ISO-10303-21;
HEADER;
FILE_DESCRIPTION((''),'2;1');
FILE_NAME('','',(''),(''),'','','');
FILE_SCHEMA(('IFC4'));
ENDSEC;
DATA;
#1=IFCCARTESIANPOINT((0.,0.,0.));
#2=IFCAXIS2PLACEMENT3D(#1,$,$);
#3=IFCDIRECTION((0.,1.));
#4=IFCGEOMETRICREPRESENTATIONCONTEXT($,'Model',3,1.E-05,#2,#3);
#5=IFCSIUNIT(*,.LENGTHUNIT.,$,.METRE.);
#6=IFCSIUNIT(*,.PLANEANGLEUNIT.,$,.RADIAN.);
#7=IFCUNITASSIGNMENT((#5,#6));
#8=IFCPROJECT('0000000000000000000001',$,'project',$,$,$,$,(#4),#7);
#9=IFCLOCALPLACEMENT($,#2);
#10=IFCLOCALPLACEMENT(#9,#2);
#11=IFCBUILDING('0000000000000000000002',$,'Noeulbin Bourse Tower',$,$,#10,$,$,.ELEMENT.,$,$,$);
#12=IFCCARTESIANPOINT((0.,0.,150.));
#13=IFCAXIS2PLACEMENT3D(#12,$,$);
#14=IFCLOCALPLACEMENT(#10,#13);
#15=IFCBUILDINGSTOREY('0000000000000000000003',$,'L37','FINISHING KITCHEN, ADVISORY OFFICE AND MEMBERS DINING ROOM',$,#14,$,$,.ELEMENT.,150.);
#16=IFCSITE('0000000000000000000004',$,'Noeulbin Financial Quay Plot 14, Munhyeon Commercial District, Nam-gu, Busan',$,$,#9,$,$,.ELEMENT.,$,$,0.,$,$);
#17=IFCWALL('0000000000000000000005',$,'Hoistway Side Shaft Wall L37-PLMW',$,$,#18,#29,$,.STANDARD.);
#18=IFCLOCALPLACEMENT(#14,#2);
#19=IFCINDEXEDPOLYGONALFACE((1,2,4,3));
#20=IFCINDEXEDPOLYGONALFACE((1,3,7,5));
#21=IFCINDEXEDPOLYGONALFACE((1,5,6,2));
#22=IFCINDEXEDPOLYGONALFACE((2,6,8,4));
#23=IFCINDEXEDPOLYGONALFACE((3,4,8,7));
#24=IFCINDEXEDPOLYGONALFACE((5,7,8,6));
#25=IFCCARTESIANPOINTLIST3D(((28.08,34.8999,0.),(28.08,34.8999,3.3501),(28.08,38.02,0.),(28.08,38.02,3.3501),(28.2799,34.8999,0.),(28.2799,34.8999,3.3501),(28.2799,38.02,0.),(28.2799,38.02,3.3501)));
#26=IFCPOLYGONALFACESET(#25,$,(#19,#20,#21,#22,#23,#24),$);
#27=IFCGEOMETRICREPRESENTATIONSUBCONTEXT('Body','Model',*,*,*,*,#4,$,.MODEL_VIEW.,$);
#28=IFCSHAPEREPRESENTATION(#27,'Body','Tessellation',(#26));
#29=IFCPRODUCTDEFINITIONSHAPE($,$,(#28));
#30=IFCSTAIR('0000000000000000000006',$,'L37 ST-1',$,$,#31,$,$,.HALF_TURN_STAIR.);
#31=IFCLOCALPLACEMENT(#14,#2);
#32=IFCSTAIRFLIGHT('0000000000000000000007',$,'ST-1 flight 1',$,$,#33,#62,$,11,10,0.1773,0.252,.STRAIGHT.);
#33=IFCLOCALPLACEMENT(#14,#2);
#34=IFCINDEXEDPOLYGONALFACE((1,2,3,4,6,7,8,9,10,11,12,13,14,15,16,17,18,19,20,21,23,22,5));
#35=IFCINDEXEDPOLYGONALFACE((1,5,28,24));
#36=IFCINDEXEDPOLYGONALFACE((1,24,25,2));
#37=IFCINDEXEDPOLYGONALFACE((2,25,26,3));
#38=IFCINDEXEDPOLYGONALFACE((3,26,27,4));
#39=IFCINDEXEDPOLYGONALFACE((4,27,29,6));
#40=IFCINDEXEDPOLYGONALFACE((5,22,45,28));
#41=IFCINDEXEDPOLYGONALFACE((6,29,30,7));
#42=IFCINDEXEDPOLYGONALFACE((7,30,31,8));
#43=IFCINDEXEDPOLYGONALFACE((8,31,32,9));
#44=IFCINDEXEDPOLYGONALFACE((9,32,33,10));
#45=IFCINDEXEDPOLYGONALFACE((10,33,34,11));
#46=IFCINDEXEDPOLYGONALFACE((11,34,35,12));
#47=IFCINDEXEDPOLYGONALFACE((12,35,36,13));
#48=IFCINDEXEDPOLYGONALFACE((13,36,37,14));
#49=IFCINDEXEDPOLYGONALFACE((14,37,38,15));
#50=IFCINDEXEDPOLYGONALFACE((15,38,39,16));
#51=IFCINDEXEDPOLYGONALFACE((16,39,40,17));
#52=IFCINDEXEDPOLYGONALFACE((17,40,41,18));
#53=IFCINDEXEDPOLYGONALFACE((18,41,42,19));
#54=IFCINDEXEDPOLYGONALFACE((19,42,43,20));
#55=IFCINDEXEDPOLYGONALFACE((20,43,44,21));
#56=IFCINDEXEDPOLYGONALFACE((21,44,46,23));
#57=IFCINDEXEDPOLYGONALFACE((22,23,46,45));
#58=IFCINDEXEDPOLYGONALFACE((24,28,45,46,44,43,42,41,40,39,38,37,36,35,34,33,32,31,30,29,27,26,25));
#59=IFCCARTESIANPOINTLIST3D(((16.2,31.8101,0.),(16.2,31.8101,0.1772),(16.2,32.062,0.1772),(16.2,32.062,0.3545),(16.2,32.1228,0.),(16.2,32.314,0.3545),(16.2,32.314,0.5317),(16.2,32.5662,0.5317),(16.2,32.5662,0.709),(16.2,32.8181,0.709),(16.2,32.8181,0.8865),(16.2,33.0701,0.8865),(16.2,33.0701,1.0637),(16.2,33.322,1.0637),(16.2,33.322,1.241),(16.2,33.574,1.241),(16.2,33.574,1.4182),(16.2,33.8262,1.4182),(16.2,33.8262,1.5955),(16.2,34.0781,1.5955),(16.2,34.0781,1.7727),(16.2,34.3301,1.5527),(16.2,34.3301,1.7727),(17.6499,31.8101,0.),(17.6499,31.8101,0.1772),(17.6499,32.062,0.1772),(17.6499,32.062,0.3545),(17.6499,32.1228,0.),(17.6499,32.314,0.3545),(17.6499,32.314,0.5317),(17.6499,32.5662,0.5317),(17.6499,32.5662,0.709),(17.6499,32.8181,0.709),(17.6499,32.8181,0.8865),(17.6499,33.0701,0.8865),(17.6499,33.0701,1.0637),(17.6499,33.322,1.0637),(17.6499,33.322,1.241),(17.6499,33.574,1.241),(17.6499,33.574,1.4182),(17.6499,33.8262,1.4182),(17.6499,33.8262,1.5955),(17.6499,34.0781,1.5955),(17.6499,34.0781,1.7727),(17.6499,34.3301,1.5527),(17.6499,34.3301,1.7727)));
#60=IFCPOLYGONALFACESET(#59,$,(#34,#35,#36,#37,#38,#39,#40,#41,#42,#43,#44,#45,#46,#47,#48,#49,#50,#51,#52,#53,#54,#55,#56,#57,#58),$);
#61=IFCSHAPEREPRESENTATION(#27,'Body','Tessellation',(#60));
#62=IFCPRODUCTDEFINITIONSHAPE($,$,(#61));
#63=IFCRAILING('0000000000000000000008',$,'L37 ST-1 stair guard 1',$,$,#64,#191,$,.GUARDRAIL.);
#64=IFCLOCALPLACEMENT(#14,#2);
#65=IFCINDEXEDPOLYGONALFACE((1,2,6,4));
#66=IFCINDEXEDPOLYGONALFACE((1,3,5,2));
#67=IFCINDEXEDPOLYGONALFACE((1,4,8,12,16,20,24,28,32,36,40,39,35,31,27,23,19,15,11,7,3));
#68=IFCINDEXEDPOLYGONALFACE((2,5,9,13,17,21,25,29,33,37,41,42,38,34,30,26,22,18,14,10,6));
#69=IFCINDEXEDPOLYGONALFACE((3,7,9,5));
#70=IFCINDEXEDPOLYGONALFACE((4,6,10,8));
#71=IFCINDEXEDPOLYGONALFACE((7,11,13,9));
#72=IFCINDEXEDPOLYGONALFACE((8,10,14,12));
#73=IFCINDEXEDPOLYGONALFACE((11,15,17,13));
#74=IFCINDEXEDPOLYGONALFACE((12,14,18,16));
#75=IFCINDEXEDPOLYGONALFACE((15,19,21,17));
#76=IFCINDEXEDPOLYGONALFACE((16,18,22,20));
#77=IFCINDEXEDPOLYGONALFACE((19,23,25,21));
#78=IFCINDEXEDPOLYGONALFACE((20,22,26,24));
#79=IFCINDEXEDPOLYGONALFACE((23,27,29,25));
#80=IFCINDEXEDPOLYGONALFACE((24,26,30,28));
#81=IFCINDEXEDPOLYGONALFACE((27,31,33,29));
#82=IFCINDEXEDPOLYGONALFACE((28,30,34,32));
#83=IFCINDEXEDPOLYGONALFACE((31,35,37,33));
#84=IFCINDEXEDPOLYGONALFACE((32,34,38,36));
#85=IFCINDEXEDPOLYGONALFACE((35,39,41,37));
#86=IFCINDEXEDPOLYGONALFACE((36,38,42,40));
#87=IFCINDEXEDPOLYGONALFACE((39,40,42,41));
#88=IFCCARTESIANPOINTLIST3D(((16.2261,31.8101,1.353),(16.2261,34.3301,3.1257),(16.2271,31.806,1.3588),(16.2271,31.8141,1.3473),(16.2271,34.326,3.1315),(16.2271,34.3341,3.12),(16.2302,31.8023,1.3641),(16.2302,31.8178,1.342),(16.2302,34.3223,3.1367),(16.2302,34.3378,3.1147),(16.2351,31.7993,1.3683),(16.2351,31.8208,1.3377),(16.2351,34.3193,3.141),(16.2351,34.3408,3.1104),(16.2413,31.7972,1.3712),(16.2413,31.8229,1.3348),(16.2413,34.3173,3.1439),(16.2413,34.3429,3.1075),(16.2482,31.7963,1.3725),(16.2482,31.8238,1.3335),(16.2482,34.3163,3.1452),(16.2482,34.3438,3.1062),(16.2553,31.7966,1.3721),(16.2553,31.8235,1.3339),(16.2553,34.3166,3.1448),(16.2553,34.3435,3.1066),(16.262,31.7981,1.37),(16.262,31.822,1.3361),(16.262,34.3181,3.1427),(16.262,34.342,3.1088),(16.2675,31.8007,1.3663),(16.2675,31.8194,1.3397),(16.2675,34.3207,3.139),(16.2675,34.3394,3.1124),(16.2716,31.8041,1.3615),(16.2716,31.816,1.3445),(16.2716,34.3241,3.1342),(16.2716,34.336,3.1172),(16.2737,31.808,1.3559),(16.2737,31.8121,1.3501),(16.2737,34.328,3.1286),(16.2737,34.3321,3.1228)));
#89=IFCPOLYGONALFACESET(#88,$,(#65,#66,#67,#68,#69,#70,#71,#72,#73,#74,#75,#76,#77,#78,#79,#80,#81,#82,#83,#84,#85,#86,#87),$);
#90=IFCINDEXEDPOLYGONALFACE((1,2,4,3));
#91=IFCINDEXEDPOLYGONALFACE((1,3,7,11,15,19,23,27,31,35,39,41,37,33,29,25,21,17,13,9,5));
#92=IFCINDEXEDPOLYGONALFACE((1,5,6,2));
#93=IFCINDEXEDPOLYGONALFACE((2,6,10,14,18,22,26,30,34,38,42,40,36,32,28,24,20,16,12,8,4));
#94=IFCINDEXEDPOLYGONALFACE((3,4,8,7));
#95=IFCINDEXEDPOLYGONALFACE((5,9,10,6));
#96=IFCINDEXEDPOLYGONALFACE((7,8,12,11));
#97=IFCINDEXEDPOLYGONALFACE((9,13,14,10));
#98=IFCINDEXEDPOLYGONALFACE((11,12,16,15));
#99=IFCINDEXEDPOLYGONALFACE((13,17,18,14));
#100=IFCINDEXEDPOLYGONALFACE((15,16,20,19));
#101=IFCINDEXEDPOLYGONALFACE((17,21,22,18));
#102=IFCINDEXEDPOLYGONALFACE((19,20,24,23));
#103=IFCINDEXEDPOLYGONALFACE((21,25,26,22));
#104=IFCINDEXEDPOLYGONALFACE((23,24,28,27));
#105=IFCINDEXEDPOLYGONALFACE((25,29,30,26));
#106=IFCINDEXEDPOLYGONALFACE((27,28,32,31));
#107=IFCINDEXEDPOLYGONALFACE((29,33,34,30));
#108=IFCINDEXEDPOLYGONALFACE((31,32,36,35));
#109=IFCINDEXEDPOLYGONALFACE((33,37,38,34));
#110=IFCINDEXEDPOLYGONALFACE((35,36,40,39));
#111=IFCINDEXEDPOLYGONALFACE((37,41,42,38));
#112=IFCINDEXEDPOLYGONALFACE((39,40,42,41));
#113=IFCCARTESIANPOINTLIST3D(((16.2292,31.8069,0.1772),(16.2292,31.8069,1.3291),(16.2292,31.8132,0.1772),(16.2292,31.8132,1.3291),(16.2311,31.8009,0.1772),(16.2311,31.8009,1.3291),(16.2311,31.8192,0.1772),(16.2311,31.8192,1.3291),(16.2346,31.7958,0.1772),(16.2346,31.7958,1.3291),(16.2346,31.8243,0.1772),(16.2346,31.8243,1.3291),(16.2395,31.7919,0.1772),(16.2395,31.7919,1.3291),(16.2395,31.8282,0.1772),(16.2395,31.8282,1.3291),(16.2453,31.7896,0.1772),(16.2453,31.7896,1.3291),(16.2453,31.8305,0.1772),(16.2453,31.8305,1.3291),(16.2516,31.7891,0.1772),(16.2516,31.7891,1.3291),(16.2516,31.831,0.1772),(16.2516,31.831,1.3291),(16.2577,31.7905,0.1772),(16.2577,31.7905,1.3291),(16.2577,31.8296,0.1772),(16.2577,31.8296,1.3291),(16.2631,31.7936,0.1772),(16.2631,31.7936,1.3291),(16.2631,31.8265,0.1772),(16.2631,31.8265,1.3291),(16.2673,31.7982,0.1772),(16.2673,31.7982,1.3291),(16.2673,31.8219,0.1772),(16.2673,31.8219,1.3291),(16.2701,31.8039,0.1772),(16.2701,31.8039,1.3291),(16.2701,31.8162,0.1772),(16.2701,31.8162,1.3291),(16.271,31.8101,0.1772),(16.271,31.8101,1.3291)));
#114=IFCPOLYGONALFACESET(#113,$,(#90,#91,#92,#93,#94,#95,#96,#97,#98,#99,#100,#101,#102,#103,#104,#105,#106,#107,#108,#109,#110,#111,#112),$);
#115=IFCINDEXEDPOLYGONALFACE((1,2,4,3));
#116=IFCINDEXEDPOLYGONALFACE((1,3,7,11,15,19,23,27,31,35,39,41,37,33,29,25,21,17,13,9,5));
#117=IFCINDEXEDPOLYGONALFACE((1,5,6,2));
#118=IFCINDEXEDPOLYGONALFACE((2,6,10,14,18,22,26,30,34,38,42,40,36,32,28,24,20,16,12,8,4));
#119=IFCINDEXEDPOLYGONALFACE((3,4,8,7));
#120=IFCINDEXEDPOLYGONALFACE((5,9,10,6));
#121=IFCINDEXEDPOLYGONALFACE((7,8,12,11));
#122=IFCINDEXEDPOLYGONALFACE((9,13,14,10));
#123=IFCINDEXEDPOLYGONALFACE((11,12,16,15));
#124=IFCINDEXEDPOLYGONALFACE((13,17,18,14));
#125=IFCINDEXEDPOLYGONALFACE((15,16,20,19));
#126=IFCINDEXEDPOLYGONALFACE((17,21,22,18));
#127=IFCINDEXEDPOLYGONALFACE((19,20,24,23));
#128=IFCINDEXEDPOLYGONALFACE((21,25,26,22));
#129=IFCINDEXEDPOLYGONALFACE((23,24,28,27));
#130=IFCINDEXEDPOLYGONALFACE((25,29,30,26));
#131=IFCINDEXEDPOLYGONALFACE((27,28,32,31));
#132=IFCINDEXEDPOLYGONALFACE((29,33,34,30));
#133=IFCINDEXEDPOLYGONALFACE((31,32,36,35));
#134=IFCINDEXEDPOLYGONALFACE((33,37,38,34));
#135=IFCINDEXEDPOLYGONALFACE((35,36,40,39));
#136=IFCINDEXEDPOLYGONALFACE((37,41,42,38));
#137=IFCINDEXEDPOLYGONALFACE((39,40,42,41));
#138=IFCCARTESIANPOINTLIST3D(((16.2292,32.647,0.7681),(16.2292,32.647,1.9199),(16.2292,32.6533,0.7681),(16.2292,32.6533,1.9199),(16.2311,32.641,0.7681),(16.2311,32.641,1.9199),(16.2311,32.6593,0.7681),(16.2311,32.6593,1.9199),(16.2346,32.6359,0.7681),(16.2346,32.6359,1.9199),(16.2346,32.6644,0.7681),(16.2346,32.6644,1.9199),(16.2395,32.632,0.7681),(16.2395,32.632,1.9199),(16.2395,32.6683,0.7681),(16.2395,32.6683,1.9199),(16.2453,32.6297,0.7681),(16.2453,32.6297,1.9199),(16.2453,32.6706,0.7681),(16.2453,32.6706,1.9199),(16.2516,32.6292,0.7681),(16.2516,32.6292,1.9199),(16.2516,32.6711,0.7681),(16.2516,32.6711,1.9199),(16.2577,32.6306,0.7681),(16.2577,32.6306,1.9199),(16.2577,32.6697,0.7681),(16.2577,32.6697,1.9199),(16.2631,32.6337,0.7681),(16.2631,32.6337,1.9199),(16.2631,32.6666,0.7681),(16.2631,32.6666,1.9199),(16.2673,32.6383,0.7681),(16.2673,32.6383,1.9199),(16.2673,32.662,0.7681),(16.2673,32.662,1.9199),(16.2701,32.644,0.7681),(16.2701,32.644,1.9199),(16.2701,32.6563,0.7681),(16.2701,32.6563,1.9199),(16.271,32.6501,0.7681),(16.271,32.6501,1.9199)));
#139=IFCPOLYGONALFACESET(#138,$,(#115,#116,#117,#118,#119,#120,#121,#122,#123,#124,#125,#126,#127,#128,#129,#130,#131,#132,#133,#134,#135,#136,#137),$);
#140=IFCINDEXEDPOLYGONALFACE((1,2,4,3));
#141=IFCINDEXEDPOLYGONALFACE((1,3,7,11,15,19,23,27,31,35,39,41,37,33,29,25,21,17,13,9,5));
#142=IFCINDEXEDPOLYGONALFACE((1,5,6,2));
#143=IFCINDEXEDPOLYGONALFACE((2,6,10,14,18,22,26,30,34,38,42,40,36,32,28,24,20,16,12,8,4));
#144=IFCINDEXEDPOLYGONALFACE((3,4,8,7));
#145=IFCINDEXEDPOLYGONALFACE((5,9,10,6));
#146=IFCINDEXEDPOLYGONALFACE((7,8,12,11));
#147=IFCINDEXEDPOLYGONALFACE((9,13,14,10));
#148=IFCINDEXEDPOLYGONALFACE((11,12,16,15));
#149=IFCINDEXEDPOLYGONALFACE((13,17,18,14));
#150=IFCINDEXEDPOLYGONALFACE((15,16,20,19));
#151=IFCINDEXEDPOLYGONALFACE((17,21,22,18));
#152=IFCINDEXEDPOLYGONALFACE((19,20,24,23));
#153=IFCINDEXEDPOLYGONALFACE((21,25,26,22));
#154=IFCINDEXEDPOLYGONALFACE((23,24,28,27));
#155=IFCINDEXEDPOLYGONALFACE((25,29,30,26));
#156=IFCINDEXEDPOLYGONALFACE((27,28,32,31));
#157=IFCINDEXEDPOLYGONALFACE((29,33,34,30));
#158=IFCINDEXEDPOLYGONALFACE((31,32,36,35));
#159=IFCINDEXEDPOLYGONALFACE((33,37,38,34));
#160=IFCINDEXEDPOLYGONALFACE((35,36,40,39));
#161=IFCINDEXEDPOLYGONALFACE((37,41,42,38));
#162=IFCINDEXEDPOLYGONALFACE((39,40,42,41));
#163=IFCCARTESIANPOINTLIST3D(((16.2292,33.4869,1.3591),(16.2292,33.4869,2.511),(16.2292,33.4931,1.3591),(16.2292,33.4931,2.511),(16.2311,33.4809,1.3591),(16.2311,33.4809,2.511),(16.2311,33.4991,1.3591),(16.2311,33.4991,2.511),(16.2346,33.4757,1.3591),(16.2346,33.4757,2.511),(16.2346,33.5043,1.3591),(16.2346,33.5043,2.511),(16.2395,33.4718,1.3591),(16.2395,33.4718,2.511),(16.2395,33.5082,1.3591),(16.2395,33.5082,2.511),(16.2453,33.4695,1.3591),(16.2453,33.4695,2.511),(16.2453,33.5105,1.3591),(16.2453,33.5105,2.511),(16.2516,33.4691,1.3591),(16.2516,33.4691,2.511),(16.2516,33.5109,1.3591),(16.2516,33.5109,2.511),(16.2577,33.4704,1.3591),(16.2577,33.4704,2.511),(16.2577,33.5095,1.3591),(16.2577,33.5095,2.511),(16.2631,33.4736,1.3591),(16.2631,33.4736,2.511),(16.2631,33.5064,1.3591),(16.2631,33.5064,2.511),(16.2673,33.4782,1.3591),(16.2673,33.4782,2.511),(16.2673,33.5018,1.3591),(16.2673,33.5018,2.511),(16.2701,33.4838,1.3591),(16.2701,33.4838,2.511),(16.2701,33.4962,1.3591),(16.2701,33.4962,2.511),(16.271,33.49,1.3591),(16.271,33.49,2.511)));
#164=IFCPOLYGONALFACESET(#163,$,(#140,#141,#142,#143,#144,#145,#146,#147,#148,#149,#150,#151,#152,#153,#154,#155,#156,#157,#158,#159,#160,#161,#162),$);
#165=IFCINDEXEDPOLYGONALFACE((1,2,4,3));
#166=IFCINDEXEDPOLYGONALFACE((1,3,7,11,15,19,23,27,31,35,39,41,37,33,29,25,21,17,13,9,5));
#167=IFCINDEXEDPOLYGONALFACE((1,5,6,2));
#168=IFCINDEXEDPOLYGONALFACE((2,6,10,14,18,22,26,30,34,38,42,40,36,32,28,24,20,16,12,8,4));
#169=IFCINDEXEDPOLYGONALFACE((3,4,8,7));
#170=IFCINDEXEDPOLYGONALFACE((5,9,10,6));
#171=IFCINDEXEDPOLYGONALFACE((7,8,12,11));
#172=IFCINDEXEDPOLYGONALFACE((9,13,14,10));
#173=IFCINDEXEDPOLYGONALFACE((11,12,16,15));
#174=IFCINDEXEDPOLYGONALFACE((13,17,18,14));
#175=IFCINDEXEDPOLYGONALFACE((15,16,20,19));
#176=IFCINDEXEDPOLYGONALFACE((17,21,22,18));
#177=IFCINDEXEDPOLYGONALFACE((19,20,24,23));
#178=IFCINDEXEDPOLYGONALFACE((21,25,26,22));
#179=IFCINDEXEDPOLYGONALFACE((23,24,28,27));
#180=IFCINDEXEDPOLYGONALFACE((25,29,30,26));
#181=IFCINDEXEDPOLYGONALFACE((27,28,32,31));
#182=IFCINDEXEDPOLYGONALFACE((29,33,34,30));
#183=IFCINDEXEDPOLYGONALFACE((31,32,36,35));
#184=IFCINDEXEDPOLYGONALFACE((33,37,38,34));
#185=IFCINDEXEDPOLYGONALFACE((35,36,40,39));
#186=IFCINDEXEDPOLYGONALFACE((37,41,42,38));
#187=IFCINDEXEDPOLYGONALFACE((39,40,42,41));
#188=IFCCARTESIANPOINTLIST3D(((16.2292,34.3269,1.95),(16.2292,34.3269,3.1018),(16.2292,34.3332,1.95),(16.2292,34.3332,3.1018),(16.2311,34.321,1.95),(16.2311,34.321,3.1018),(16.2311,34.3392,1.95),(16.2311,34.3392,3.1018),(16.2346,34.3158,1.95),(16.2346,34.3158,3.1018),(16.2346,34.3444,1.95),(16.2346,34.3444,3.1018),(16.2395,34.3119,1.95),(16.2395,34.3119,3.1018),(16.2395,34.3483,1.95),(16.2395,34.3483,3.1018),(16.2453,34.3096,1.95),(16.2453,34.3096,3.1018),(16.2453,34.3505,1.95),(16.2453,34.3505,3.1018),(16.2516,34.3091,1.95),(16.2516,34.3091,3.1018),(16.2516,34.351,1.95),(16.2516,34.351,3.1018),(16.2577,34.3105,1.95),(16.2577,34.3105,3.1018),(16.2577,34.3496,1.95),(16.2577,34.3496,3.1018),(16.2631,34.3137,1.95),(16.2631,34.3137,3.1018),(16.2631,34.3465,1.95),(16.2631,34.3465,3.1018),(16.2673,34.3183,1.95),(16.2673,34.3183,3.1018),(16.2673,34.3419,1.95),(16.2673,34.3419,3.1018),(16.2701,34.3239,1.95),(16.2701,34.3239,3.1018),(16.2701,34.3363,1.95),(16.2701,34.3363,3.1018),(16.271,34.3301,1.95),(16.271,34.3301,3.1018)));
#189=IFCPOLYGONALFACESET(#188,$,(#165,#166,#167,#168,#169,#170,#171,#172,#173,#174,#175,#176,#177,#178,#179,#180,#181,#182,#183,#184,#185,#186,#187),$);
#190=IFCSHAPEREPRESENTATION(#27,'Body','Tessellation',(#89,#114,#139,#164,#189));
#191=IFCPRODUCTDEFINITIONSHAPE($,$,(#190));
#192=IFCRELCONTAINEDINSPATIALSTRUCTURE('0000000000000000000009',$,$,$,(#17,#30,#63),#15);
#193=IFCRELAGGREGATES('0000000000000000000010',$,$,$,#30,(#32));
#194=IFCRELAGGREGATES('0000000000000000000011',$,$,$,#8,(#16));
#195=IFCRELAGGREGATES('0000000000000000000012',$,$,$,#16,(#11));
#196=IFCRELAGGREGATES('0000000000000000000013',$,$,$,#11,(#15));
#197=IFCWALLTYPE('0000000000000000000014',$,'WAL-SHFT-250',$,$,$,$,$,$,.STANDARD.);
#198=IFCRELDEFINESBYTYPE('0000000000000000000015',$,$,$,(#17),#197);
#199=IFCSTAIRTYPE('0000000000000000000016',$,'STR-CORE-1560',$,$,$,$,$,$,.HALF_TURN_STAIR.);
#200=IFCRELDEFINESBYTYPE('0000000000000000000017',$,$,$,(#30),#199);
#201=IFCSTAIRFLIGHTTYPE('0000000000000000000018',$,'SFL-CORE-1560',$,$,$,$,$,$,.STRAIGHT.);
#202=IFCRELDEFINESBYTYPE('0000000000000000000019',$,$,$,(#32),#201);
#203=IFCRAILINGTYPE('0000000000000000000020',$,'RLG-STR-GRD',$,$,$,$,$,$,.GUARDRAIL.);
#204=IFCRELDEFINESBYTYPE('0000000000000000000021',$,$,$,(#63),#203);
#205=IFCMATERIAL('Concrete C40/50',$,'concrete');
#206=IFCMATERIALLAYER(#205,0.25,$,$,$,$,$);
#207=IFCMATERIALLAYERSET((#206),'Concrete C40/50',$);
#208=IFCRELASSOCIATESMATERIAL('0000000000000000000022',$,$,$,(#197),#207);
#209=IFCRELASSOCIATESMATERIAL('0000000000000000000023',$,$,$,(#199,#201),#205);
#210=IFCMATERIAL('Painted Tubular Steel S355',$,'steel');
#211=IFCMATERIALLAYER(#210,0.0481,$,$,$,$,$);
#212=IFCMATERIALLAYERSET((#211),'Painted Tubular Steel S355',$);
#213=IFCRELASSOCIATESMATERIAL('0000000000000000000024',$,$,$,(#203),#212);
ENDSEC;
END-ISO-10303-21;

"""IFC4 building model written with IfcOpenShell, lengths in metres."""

from ifc_helpers import new_model, si_unit, direction, frame, frame_2d, origin, origin_2d, place, context, subcontext, project, spatial, polyline, rectangle, circle, outline, extrude, material, layer, layer_set, type_object, element, aggregate, save


model = new_model("IFC4")

# Units and contexts
model_context = context("Model", 3, precision=1e-05, world=origin(), true_north=direction((0.0, 1.0)))
body_context = subcontext(model_context, "Body", "Model", "MODEL_VIEW")
ifc_project = project(units=[si_unit("LENGTHUNIT", "METRE"), si_unit("PLANEANGLEUNIT", "RADIAN")], contexts=[model_context])

# Site, building, storey
site_placement = place(None, origin())
site = spatial("IfcSite", under=ifc_project, at=site_placement, Name="Noeulbin Financial Quay Plot 14, Munhyeon Commercial District, Nam-gu, Busan", CompositionType="ELEMENT", RefElevation=0.0)
building_placement = place(site_placement, origin())
building = spatial("IfcBuilding", under=site, at=building_placement, Name="Noeulbin Bourse Tower", CompositionType="ELEMENT")
storey_placement = place(building_placement, frame((0.0, 0.0, 150.0)))
storey = spatial("IfcBuildingStorey", under=building, at=storey_placement, Name="L37", Description="FINISHING KITCHEN, ADVISORY OFFICE AND MEMBERS DINING ROOM", CompositionType="ELEMENT", Elevation=150.0)

# Shared definitions
ifc_material_1 = material(Name="Concrete C40/50", Category="concrete")

# Shared definitions
ifc_layer_1 = layer(ifc_material_1, 0.25)
ifc_layer_set_1 = layer_set([ifc_layer_1], Name="Concrete C40/50")
wall_type_1 = type_object("IfcWallType", Name="WAL-SHFT-250", PredefinedType="STANDARD", material=ifc_layer_set_1)

# Wall
wall_1_placement = place(storey_placement, frame((28.1799, 34.8999, 0.0), z_axis=(0.0, 0.0, 1.0), x_axis=(0.0, 1.0, 0.0)))
element("IfcWall", 1, at=wall_1_placement, inside=storey, type_object=wall_type_1, Name="Hoistway Side Shaft Wall L37-PLMW", PredefinedType="STANDARD", context=body_context, shape_type="SweptSolid", body=[
    extrude(rectangle(XDim=3.1201, YDim=0.2, at=frame_2d((1.5601, 0.0))), origin(), (0.0, 0.0, 1.0), 3.3501),
])

# Stair, stair flight
stair_type = type_object("IfcStairType", Name="STR-CORE-1560", PredefinedType="HALF_TURN_STAIR", material=ifc_material_1)
stair_placement = place(storey_placement, origin())
stair = element("IfcStair", 2, at=stair_placement, inside=storey, type_object=stair_type, Name="L37 ST-1", PredefinedType="HALF_TURN_STAIR")
stair_flight_type = type_object("IfcStairFlightType", Name="SFL-CORE-1560", PredefinedType="STRAIGHT", material=ifc_material_1)
stair_flight_placement = place(storey_placement, frame((16.925, 31.8101, 0.0), z_axis=(0.0, 0.0, 1.0), x_axis=(0.0, 1.0, 0.0)))
stair_flight = element("IfcStairFlight", 3, at=stair_flight_placement, type_object=stair_flight_type, Name="ST-1 flight 1", NumberOfRisers=11, NumberOfTreads=10, PredefinedType="STRAIGHT", RiserHeight=0.1773, TreadLength=0.252, context=body_context, shape_type="SweptSolid", body=[
    extrude(outline(polyline([(0.0, 0.0), (0.0, 0.1772), (0.252, 0.1772), (0.252, 0.3545), (0.5039, 0.3545), (0.5039, 0.5317), (0.7561, 0.5317), (0.7561, 0.709), (1.0081, 0.709), (1.0081, 0.8865), (1.26, 0.8865), (1.26, 1.0637), (1.512, 1.0637), (1.512, 1.241), (1.7639, 1.241), (1.7639, 1.4182), (2.0161, 1.4182), (2.0161, 1.5955), (2.2681, 1.5955), (2.2681, 1.7727), (2.52, 1.7727), (2.52, 1.95), (2.52, 1.5527), (0.3127, 0.0), (0.0, 0.0)])), frame((0.0, 0.7251, 0.0), z_axis=(0.0, -1.0, 0.0), x_axis=(1.0, 0.0, 0.0)), (0.0, 0.0, 1.0), 1.45),
])
aggregate(stair, [stair_flight])

# Railing
ifc_material_2 = material(Name="Painted Tubular Steel S355", Category="steel")
ifc_layer_2 = layer(ifc_material_2, 0.0481)
ifc_layer_set_2 = layer_set([ifc_layer_2], Name="Painted Tubular Steel S355")
railing_type_1 = type_object("IfcRailingType", Name="RLG-STR-GRD", PredefinedType="GUARDRAIL", material=ifc_layer_set_2)
railing_1_placement = place(storey_placement, frame((16.25, 31.8101, 0.1772)))
element("IfcRailing", 4, at=railing_1_placement, inside=storey, type_object=railing_type_1, Name="L37 ST-1 stair guard 1", PredefinedType="GUARDRAIL", context=body_context, shape_type="SweptSolid", body=[
    extrude(circle(Radius=0.0239, at=origin_2d()), frame((0.0, 0.0, 1.1758), z_axis=(0.0, 0.817904, 0.575354), x_axis=(-1.0, 0.0, 0.0)), (0.0, 0.0, 1.0), 3.0811),
    extrude(circle(Radius=0.021, at=origin_2d()), origin(), (0.0, 0.0, 1.0), 1.1519),
    extrude(circle(Radius=0.021, at=origin_2d()), frame((0.0, 0.8401, 0.5908)), (0.0, 0.0, 1.0), 1.1519),
    extrude(circle(Radius=0.021, at=origin_2d()), frame((0.0, 1.6799, 1.1819)), (0.0, 0.0, 1.0), 1.1519),
    extrude(circle(Radius=0.021, at=origin_2d()), frame((0.0, 2.52, 1.7727)), (0.0, 0.0, 1.0), 1.1519),
])

save(model, "model.ifc")
